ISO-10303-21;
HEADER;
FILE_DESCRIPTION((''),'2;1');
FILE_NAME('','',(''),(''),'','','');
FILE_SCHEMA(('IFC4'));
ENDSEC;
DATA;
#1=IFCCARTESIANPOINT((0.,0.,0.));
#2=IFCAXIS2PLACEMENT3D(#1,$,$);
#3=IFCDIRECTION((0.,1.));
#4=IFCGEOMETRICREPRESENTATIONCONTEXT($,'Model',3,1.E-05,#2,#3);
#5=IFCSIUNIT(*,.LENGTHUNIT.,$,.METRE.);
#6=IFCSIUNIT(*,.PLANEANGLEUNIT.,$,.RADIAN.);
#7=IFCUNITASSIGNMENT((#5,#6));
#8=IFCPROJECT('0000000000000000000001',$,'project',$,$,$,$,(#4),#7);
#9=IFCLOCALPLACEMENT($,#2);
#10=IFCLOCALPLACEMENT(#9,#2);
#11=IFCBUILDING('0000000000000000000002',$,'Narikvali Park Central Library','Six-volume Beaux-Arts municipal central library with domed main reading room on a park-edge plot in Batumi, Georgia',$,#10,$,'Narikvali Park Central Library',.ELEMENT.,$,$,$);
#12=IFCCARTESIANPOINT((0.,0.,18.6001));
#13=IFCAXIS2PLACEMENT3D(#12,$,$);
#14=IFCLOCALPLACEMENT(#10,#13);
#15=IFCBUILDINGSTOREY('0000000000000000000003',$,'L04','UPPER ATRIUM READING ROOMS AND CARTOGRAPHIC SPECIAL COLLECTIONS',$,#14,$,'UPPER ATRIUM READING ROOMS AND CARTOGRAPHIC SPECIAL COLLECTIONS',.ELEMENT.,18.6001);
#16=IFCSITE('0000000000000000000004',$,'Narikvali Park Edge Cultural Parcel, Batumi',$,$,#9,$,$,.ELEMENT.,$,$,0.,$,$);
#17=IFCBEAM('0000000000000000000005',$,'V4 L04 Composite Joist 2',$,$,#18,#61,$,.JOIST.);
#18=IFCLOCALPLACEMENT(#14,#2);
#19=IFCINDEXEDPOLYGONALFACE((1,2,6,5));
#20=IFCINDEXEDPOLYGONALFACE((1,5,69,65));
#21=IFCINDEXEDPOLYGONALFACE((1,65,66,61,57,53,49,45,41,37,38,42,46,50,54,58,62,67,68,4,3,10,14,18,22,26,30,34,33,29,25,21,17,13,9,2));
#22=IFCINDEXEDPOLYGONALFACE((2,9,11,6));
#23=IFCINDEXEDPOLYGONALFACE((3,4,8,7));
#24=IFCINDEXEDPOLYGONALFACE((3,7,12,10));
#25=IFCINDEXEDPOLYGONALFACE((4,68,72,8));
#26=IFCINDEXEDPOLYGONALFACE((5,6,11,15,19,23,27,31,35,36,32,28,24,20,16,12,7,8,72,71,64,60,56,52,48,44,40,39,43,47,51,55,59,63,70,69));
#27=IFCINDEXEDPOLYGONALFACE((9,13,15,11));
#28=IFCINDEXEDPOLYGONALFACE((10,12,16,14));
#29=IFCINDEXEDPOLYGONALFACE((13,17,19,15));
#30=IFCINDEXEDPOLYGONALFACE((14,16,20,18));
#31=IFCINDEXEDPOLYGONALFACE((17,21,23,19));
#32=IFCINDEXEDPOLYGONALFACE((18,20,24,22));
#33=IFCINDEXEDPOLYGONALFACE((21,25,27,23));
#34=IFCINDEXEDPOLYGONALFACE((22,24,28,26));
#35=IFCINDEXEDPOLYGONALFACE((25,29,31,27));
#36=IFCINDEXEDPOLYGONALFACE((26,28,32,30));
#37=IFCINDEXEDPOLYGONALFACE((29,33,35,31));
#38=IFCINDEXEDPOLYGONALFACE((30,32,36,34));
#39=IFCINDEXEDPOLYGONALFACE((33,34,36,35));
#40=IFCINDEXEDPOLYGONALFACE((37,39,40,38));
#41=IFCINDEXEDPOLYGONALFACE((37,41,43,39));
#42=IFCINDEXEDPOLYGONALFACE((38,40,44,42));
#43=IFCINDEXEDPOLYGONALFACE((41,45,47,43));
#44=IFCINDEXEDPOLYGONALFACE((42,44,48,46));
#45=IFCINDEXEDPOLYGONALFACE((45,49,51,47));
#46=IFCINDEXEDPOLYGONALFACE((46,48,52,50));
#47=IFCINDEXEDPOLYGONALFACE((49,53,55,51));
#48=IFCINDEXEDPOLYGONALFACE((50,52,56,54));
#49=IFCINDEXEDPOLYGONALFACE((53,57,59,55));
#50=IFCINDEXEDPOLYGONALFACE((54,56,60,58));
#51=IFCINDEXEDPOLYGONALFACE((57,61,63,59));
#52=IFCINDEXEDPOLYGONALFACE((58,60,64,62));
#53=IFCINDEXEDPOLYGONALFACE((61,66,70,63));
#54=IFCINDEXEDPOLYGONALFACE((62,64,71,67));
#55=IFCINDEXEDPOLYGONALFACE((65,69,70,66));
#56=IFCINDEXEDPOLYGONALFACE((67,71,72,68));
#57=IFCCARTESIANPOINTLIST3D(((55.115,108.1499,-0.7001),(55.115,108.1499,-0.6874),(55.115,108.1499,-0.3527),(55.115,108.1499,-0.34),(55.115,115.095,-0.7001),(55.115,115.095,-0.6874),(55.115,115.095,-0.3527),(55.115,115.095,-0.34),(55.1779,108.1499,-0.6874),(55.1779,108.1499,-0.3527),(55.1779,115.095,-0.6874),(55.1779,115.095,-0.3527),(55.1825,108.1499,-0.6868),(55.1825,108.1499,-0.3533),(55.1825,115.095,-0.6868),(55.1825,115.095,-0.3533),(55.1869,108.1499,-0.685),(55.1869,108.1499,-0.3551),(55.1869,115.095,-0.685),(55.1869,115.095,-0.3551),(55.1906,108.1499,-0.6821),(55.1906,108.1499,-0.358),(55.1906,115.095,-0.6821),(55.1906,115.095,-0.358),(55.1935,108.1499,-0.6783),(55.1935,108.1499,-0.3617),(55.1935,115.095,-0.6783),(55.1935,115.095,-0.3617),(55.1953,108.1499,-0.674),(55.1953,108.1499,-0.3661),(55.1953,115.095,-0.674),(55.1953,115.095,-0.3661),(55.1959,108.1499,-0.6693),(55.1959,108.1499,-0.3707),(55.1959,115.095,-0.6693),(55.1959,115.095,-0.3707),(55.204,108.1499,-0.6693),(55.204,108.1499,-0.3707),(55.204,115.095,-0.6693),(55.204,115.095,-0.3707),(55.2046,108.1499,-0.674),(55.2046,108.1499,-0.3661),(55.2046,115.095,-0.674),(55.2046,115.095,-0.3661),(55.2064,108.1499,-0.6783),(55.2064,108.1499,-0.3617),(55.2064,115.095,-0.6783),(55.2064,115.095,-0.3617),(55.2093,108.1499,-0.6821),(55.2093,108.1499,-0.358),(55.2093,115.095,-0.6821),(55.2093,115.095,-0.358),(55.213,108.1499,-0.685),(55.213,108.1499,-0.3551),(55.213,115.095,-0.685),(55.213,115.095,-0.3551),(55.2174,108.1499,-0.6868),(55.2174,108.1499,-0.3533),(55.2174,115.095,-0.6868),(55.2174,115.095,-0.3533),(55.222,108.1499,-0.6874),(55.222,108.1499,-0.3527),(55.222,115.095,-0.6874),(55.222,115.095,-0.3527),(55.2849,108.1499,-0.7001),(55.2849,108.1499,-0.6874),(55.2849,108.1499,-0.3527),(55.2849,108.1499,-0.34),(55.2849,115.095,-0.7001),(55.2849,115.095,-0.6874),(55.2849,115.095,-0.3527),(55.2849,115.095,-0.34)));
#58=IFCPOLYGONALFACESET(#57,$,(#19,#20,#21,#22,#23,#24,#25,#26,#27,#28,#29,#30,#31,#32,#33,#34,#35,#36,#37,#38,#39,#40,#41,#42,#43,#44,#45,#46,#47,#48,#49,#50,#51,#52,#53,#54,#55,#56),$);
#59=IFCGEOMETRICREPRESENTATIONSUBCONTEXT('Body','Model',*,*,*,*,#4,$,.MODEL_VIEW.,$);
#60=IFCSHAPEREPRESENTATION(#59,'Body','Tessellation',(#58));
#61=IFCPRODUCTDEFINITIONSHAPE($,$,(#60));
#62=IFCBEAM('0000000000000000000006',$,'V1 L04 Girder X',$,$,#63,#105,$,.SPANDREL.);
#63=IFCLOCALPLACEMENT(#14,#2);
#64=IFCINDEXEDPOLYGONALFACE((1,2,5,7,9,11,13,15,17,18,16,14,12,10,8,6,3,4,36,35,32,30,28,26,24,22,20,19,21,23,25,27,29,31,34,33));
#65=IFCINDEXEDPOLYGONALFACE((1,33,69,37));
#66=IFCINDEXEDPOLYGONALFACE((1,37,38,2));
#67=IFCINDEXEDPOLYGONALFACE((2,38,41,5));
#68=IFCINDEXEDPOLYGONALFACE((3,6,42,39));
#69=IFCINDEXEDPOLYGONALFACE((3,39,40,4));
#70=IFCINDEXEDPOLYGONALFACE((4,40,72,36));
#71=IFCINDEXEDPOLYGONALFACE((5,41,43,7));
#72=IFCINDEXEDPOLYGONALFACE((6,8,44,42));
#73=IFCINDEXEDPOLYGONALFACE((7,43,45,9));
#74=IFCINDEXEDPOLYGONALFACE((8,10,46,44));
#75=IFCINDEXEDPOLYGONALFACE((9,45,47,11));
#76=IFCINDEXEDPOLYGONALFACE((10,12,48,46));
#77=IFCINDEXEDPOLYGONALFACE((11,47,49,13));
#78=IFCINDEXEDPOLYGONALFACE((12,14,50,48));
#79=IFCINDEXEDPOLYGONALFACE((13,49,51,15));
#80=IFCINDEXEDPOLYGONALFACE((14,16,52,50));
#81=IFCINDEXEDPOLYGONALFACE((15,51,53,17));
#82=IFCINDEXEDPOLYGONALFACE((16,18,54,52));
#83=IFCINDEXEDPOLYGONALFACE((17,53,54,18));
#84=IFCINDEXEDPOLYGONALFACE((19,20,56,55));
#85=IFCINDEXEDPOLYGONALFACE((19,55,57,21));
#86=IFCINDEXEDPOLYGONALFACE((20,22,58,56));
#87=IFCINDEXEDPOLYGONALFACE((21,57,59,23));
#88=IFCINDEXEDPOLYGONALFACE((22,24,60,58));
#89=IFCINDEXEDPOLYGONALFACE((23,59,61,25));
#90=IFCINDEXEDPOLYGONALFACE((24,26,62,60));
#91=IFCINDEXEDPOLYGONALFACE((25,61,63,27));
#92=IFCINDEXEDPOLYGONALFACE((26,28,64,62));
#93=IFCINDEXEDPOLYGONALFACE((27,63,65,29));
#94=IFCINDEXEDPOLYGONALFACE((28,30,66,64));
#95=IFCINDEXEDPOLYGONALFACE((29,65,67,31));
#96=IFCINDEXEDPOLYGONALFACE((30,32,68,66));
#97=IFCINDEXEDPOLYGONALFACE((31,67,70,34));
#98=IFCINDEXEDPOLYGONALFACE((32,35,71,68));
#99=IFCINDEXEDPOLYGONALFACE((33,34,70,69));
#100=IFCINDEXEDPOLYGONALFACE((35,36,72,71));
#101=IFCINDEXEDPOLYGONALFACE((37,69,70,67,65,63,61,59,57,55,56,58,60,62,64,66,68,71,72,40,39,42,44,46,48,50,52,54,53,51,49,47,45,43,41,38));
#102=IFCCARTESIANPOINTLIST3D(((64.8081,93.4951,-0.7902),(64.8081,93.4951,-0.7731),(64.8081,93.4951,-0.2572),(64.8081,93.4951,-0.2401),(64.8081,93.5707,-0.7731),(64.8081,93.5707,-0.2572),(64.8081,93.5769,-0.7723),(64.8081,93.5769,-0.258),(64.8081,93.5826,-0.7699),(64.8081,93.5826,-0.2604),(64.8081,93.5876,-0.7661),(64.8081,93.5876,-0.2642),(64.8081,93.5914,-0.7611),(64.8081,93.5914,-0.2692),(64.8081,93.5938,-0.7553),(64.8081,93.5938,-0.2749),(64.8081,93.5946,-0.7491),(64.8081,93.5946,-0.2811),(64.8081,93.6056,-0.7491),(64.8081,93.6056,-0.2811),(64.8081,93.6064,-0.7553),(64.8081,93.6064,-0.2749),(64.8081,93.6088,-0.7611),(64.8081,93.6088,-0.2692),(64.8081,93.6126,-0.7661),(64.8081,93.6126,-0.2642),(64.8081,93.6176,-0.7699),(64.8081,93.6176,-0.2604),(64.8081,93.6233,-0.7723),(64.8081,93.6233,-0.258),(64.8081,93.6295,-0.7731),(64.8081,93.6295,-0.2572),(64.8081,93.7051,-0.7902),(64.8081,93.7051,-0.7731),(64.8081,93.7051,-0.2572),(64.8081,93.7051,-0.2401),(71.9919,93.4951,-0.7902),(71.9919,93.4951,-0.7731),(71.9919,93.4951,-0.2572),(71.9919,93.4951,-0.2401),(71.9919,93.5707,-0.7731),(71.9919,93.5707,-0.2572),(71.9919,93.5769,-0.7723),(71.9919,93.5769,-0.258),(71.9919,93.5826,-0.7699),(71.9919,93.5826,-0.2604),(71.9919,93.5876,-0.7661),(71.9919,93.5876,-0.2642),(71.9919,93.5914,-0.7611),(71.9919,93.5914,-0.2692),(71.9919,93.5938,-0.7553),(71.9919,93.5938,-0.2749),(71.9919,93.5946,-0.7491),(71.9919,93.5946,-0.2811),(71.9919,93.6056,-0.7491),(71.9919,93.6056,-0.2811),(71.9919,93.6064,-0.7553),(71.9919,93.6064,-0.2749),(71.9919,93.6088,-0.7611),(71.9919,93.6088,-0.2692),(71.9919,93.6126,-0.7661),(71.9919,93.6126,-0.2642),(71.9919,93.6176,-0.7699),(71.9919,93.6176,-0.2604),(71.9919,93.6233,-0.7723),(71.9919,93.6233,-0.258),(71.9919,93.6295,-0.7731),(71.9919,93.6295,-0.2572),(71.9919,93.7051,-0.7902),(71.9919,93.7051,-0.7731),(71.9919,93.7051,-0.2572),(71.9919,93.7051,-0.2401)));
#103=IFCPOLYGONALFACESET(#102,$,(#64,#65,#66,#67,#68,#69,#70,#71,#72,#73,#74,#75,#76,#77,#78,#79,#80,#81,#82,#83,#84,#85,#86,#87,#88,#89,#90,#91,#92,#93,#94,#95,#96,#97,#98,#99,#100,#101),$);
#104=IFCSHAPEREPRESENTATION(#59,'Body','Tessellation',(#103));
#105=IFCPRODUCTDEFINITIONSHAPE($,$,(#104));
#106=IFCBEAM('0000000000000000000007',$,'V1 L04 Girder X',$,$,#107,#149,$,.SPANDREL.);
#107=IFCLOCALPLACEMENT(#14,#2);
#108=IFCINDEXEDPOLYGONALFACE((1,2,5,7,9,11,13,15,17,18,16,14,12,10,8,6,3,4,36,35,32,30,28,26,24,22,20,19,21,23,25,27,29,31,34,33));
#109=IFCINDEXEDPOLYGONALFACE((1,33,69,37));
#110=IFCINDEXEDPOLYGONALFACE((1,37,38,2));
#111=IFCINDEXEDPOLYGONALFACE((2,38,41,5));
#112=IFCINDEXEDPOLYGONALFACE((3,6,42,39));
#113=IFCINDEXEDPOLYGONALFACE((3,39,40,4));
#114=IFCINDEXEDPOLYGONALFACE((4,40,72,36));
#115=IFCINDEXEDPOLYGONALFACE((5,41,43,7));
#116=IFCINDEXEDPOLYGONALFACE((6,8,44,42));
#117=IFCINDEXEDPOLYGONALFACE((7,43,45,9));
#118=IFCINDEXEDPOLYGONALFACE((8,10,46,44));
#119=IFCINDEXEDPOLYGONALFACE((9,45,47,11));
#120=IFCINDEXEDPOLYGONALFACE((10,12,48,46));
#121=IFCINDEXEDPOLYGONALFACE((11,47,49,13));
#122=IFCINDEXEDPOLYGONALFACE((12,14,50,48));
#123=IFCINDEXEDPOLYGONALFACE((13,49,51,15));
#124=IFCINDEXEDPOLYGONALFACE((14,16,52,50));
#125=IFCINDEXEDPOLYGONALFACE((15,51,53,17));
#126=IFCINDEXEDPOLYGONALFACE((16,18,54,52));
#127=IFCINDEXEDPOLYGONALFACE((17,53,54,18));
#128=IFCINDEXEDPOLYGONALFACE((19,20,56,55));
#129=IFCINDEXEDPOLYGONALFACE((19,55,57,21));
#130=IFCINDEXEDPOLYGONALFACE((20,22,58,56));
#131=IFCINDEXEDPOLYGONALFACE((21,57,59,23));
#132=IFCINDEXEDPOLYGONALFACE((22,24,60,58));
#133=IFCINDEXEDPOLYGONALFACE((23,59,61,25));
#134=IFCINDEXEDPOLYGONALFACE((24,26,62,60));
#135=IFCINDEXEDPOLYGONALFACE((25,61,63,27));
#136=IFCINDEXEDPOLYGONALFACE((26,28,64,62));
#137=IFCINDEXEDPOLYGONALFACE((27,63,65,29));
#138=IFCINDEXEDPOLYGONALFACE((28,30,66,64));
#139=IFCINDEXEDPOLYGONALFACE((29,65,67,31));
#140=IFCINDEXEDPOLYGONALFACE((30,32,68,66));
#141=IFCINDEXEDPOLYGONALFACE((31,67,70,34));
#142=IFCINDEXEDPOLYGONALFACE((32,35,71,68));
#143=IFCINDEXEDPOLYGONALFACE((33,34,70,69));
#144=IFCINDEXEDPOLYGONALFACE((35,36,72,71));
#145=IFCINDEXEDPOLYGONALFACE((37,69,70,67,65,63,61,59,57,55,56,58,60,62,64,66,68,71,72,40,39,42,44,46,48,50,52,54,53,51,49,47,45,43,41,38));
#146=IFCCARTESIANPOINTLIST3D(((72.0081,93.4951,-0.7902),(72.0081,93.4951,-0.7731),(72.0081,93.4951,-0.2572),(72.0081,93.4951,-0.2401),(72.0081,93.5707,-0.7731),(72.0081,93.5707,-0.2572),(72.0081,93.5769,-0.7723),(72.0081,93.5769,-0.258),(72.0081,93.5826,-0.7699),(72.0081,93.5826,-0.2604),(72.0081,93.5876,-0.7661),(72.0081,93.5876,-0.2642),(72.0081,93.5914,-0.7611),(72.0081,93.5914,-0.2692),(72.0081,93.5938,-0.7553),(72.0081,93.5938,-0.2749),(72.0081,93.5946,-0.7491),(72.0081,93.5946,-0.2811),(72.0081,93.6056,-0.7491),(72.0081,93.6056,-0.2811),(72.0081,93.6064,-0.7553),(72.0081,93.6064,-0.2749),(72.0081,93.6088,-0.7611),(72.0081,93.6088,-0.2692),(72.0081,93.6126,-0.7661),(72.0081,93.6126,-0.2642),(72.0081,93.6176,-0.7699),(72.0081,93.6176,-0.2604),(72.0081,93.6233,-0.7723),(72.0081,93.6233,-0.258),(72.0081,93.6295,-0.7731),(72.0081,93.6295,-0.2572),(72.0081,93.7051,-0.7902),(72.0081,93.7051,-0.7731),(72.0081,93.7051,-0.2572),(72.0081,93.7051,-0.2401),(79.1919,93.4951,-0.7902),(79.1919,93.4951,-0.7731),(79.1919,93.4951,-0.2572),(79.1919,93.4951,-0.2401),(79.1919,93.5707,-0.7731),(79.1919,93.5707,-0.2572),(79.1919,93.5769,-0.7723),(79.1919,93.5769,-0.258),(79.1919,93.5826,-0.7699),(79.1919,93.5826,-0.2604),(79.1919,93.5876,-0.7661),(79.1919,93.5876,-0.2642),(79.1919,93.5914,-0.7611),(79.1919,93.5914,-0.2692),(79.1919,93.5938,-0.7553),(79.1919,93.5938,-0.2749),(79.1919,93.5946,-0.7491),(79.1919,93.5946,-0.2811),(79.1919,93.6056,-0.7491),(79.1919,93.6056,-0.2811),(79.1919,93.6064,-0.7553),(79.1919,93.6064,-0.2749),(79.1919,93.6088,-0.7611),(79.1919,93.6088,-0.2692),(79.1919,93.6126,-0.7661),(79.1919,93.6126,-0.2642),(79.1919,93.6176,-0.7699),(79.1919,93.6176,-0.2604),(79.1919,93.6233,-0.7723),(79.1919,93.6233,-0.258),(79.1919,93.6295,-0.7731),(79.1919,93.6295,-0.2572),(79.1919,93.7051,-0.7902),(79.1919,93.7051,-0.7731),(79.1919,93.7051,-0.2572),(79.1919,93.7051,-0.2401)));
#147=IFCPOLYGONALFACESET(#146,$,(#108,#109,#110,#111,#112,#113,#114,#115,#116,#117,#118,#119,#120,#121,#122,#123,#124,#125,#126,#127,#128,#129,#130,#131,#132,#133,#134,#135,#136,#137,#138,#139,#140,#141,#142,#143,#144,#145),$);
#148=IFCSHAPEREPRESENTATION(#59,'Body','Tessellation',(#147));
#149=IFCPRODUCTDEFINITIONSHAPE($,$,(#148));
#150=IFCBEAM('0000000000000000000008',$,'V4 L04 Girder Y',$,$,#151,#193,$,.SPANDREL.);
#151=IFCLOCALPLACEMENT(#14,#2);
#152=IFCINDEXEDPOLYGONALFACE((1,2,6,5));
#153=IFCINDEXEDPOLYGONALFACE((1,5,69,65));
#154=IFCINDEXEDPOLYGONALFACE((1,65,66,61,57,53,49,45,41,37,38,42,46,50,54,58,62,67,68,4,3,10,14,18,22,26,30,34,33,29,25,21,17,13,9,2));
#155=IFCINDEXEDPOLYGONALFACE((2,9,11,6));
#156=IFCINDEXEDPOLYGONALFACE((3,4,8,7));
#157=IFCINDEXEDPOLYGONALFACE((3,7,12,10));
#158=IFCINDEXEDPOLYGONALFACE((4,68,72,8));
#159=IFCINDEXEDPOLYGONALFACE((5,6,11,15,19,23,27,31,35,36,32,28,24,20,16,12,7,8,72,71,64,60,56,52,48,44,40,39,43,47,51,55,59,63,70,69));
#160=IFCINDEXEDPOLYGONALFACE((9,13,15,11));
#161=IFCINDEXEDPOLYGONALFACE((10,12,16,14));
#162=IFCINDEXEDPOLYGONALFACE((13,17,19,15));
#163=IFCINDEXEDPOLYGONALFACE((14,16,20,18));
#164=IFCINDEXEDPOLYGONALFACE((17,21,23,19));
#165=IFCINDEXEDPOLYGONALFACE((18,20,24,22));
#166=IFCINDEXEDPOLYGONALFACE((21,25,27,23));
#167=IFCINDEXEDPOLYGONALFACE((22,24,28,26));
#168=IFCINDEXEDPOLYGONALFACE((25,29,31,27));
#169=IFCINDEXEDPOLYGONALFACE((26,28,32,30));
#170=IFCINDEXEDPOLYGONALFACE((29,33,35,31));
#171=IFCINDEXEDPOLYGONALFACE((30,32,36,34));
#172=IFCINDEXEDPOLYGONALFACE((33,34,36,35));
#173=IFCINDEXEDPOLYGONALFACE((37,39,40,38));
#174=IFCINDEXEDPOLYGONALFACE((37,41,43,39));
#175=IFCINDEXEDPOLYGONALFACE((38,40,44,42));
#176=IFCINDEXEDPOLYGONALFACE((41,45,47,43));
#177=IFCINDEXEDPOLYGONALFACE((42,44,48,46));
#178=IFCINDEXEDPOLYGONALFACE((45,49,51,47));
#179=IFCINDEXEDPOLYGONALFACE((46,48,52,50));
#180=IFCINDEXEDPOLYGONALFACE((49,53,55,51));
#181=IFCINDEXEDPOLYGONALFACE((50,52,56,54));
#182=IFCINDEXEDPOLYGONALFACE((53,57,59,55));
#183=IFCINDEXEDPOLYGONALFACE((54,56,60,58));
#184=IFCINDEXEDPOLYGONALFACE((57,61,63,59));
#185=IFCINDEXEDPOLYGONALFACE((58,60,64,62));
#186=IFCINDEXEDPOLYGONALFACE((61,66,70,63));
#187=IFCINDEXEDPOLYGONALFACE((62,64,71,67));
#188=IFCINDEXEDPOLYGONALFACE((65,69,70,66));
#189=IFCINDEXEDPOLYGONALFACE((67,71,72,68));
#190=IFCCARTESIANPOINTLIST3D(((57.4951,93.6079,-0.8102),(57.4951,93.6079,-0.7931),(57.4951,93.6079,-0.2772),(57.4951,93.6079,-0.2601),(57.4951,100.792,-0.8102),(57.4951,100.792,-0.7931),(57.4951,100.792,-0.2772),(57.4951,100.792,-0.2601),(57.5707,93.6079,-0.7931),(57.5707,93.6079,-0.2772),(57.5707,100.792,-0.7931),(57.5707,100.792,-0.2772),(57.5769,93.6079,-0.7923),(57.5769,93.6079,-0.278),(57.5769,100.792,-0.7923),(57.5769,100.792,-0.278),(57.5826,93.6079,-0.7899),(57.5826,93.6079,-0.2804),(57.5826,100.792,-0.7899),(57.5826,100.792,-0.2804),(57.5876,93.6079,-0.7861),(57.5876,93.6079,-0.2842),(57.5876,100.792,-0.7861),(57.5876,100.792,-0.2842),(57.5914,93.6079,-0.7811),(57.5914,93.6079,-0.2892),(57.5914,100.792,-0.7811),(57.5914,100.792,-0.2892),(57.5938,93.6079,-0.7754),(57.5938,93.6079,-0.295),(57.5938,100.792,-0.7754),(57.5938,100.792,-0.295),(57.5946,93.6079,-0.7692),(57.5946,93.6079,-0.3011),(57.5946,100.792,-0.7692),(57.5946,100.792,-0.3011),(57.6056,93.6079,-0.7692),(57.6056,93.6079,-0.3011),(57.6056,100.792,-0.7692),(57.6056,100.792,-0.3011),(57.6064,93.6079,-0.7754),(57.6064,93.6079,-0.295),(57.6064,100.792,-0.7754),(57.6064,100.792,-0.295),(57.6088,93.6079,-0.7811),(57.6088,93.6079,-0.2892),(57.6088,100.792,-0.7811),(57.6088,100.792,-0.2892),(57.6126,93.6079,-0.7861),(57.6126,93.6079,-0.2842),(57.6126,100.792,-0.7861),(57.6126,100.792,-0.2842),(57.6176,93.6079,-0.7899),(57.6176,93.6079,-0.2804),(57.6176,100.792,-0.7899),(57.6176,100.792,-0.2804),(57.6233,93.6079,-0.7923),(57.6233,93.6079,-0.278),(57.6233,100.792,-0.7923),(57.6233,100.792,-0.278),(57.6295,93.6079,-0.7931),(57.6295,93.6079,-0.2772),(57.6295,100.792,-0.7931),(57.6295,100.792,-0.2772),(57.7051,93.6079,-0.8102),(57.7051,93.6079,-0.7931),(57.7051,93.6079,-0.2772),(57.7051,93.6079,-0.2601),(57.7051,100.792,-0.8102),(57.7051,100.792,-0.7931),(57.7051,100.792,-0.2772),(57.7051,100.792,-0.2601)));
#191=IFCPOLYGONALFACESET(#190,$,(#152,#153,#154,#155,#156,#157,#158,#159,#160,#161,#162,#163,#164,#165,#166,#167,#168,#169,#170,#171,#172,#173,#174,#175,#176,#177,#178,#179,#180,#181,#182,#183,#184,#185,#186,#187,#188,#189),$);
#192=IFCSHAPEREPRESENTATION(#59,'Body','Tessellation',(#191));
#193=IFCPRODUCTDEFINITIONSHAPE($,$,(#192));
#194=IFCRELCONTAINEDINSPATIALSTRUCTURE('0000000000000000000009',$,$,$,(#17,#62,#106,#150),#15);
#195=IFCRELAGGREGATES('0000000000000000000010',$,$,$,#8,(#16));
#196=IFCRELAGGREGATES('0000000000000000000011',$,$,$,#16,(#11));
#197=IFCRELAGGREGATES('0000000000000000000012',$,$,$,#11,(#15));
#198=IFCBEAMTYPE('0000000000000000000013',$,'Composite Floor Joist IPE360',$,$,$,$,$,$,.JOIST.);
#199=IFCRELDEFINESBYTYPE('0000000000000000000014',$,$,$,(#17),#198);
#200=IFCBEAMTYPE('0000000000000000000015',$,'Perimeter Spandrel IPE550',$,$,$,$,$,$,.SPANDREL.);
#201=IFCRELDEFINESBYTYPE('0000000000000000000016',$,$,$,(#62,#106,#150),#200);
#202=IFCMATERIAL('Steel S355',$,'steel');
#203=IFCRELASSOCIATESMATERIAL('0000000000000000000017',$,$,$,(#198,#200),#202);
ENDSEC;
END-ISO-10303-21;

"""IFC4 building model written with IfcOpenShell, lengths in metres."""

from ifc_helpers import new_model, si_unit, direction, frame, origin, origin_2d, place, context, subcontext, project, spatial, i_section, extrude, material, material_profile, profile_set, type_object, element, save


model = new_model("IFC4")

# Units and contexts
model_context = context("Model", 3, precision=1e-05, world=origin(), true_north=direction((0.0, 1.0)))
body_context = subcontext(model_context, "Body", "Model", "MODEL_VIEW")
ifc_project = project(units=[si_unit("LENGTHUNIT", "METRE"), si_unit("PLANEANGLEUNIT", "RADIAN")], contexts=[model_context])

# Site, building, storey
site_placement = place(None, origin())
site = spatial("IfcSite", under=ifc_project, at=site_placement, Name="Narikvali Park Edge Cultural Parcel, Batumi", CompositionType="ELEMENT", RefElevation=0.0)
building_placement = place(site_placement, origin())
building = spatial("IfcBuilding", under=site, at=building_placement, Name="Narikvali Park Central Library", Description="Six-volume Beaux-Arts municipal central library with domed main reading room on a park-edge plot in Batumi, Georgia", LongName="Narikvali Park Central Library", CompositionType="ELEMENT")
storey_placement = place(building_placement, frame((0.0, 0.0, 18.6001)))
storey = spatial("IfcBuildingStorey", under=building, at=storey_placement, Name="L04", Description="UPPER ATRIUM READING ROOMS AND CARTOGRAPHIC SPECIAL COLLECTIONS", LongName="UPPER ATRIUM READING ROOMS AND CARTOGRAPHIC SPECIAL COLLECTIONS", CompositionType="ELEMENT", Elevation=18.6001)

# Shared definitions
ifc_material_1 = material(Name="Steel S355", Category="steel")

# Beams
ifc_material_profile_1 = material_profile(ifc_material_1, i_section(OverallWidth=0.1699, OverallDepth=0.3601, WebThickness=0.0081, FlangeThickness=0.0127, FilletRadius=0.0181, at=origin_2d()), Name="IPE 360")
ifc_profile_set_1 = profile_set([ifc_material_profile_1], Name="Steel S355")
beam_type_1 = type_object("IfcBeamType", Name="Composite Floor Joist IPE360", PredefinedType="JOIST", material=ifc_profile_set_1)
for number, where, z_axis, x_axis, name in (
    (1, (55.2, 108.1499, -0.52), (0.0, 1.0, 0.0), (-1.0, 0.0, 0.0), "V4 L04 Composite Joist 2"),
):
    element("IfcBeam", number, at=place(storey_placement, frame(where, z_axis=z_axis, x_axis=x_axis)), inside=storey, type_object=beam_type_1, Name=name, PredefinedType="JOIST", context=body_context, shape_type="SweptSolid", body=[
        extrude(i_section(OverallWidth=0.1699, OverallDepth=0.3601, WebThickness=0.0081, FlangeThickness=0.0127, FilletRadius=0.0181, at=origin_2d()), origin(), (0.0, 0.0, 1.0), 6.9451),
    ])
ifc_material_profile_2 = material_profile(ifc_material_1, i_section(OverallWidth=0.21, OverallDepth=0.55, WebThickness=0.011, FlangeThickness=0.0171, FilletRadius=0.0239, at=origin_2d()), Name="IPE 550")
ifc_profile_set_2 = profile_set([ifc_material_profile_2], Name="Steel S355")
beam_type_2 = type_object("IfcBeamType", Name="Perimeter Spandrel IPE550", PredefinedType="SPANDREL", material=ifc_profile_set_2)
for number, where, z_axis, x_axis, name in (
    (2, (64.8081, 93.6001, -0.5151), (1.0, 0.0, 0.0), (0.0, 1.0, 0.0), "V1 L04 Girder X"),
    (3, (72.0081, 93.6001, -0.5151), (1.0, 0.0, 0.0), (0.0, 1.0, 0.0), "V1 L04 Girder X"),
):
    element("IfcBeam", number, at=place(storey_placement, frame(where, z_axis=z_axis, x_axis=x_axis)), inside=storey, type_object=beam_type_2, Name=name, PredefinedType="SPANDREL", context=body_context, shape_type="SweptSolid", body=[
        extrude(i_section(OverallWidth=0.21, OverallDepth=0.55, WebThickness=0.011, FlangeThickness=0.0171, FilletRadius=0.0239, at=origin_2d()), origin(), (0.0, 0.0, 1.0), 7.1838),
    ])
beam_placement = place(storey_placement, frame((57.6001, 93.6079, -0.5352), z_axis=(0.0, 1.0, 0.0), x_axis=(-1.0, 0.0, 0.0)))
element("IfcBeam", 4, at=beam_placement, inside=storey, type_object=beam_type_2, Name="V4 L04 Girder Y", PredefinedType="SPANDREL", context=body_context, shape_type="SweptSolid", body=[
    extrude(i_section(OverallWidth=0.21, OverallDepth=0.55, WebThickness=0.011, FlangeThickness=0.0171, FilletRadius=0.0239, at=origin_2d()), origin(), (0.0, 0.0, 1.0), 7.1841),
])

save(model, "model.ifc")
